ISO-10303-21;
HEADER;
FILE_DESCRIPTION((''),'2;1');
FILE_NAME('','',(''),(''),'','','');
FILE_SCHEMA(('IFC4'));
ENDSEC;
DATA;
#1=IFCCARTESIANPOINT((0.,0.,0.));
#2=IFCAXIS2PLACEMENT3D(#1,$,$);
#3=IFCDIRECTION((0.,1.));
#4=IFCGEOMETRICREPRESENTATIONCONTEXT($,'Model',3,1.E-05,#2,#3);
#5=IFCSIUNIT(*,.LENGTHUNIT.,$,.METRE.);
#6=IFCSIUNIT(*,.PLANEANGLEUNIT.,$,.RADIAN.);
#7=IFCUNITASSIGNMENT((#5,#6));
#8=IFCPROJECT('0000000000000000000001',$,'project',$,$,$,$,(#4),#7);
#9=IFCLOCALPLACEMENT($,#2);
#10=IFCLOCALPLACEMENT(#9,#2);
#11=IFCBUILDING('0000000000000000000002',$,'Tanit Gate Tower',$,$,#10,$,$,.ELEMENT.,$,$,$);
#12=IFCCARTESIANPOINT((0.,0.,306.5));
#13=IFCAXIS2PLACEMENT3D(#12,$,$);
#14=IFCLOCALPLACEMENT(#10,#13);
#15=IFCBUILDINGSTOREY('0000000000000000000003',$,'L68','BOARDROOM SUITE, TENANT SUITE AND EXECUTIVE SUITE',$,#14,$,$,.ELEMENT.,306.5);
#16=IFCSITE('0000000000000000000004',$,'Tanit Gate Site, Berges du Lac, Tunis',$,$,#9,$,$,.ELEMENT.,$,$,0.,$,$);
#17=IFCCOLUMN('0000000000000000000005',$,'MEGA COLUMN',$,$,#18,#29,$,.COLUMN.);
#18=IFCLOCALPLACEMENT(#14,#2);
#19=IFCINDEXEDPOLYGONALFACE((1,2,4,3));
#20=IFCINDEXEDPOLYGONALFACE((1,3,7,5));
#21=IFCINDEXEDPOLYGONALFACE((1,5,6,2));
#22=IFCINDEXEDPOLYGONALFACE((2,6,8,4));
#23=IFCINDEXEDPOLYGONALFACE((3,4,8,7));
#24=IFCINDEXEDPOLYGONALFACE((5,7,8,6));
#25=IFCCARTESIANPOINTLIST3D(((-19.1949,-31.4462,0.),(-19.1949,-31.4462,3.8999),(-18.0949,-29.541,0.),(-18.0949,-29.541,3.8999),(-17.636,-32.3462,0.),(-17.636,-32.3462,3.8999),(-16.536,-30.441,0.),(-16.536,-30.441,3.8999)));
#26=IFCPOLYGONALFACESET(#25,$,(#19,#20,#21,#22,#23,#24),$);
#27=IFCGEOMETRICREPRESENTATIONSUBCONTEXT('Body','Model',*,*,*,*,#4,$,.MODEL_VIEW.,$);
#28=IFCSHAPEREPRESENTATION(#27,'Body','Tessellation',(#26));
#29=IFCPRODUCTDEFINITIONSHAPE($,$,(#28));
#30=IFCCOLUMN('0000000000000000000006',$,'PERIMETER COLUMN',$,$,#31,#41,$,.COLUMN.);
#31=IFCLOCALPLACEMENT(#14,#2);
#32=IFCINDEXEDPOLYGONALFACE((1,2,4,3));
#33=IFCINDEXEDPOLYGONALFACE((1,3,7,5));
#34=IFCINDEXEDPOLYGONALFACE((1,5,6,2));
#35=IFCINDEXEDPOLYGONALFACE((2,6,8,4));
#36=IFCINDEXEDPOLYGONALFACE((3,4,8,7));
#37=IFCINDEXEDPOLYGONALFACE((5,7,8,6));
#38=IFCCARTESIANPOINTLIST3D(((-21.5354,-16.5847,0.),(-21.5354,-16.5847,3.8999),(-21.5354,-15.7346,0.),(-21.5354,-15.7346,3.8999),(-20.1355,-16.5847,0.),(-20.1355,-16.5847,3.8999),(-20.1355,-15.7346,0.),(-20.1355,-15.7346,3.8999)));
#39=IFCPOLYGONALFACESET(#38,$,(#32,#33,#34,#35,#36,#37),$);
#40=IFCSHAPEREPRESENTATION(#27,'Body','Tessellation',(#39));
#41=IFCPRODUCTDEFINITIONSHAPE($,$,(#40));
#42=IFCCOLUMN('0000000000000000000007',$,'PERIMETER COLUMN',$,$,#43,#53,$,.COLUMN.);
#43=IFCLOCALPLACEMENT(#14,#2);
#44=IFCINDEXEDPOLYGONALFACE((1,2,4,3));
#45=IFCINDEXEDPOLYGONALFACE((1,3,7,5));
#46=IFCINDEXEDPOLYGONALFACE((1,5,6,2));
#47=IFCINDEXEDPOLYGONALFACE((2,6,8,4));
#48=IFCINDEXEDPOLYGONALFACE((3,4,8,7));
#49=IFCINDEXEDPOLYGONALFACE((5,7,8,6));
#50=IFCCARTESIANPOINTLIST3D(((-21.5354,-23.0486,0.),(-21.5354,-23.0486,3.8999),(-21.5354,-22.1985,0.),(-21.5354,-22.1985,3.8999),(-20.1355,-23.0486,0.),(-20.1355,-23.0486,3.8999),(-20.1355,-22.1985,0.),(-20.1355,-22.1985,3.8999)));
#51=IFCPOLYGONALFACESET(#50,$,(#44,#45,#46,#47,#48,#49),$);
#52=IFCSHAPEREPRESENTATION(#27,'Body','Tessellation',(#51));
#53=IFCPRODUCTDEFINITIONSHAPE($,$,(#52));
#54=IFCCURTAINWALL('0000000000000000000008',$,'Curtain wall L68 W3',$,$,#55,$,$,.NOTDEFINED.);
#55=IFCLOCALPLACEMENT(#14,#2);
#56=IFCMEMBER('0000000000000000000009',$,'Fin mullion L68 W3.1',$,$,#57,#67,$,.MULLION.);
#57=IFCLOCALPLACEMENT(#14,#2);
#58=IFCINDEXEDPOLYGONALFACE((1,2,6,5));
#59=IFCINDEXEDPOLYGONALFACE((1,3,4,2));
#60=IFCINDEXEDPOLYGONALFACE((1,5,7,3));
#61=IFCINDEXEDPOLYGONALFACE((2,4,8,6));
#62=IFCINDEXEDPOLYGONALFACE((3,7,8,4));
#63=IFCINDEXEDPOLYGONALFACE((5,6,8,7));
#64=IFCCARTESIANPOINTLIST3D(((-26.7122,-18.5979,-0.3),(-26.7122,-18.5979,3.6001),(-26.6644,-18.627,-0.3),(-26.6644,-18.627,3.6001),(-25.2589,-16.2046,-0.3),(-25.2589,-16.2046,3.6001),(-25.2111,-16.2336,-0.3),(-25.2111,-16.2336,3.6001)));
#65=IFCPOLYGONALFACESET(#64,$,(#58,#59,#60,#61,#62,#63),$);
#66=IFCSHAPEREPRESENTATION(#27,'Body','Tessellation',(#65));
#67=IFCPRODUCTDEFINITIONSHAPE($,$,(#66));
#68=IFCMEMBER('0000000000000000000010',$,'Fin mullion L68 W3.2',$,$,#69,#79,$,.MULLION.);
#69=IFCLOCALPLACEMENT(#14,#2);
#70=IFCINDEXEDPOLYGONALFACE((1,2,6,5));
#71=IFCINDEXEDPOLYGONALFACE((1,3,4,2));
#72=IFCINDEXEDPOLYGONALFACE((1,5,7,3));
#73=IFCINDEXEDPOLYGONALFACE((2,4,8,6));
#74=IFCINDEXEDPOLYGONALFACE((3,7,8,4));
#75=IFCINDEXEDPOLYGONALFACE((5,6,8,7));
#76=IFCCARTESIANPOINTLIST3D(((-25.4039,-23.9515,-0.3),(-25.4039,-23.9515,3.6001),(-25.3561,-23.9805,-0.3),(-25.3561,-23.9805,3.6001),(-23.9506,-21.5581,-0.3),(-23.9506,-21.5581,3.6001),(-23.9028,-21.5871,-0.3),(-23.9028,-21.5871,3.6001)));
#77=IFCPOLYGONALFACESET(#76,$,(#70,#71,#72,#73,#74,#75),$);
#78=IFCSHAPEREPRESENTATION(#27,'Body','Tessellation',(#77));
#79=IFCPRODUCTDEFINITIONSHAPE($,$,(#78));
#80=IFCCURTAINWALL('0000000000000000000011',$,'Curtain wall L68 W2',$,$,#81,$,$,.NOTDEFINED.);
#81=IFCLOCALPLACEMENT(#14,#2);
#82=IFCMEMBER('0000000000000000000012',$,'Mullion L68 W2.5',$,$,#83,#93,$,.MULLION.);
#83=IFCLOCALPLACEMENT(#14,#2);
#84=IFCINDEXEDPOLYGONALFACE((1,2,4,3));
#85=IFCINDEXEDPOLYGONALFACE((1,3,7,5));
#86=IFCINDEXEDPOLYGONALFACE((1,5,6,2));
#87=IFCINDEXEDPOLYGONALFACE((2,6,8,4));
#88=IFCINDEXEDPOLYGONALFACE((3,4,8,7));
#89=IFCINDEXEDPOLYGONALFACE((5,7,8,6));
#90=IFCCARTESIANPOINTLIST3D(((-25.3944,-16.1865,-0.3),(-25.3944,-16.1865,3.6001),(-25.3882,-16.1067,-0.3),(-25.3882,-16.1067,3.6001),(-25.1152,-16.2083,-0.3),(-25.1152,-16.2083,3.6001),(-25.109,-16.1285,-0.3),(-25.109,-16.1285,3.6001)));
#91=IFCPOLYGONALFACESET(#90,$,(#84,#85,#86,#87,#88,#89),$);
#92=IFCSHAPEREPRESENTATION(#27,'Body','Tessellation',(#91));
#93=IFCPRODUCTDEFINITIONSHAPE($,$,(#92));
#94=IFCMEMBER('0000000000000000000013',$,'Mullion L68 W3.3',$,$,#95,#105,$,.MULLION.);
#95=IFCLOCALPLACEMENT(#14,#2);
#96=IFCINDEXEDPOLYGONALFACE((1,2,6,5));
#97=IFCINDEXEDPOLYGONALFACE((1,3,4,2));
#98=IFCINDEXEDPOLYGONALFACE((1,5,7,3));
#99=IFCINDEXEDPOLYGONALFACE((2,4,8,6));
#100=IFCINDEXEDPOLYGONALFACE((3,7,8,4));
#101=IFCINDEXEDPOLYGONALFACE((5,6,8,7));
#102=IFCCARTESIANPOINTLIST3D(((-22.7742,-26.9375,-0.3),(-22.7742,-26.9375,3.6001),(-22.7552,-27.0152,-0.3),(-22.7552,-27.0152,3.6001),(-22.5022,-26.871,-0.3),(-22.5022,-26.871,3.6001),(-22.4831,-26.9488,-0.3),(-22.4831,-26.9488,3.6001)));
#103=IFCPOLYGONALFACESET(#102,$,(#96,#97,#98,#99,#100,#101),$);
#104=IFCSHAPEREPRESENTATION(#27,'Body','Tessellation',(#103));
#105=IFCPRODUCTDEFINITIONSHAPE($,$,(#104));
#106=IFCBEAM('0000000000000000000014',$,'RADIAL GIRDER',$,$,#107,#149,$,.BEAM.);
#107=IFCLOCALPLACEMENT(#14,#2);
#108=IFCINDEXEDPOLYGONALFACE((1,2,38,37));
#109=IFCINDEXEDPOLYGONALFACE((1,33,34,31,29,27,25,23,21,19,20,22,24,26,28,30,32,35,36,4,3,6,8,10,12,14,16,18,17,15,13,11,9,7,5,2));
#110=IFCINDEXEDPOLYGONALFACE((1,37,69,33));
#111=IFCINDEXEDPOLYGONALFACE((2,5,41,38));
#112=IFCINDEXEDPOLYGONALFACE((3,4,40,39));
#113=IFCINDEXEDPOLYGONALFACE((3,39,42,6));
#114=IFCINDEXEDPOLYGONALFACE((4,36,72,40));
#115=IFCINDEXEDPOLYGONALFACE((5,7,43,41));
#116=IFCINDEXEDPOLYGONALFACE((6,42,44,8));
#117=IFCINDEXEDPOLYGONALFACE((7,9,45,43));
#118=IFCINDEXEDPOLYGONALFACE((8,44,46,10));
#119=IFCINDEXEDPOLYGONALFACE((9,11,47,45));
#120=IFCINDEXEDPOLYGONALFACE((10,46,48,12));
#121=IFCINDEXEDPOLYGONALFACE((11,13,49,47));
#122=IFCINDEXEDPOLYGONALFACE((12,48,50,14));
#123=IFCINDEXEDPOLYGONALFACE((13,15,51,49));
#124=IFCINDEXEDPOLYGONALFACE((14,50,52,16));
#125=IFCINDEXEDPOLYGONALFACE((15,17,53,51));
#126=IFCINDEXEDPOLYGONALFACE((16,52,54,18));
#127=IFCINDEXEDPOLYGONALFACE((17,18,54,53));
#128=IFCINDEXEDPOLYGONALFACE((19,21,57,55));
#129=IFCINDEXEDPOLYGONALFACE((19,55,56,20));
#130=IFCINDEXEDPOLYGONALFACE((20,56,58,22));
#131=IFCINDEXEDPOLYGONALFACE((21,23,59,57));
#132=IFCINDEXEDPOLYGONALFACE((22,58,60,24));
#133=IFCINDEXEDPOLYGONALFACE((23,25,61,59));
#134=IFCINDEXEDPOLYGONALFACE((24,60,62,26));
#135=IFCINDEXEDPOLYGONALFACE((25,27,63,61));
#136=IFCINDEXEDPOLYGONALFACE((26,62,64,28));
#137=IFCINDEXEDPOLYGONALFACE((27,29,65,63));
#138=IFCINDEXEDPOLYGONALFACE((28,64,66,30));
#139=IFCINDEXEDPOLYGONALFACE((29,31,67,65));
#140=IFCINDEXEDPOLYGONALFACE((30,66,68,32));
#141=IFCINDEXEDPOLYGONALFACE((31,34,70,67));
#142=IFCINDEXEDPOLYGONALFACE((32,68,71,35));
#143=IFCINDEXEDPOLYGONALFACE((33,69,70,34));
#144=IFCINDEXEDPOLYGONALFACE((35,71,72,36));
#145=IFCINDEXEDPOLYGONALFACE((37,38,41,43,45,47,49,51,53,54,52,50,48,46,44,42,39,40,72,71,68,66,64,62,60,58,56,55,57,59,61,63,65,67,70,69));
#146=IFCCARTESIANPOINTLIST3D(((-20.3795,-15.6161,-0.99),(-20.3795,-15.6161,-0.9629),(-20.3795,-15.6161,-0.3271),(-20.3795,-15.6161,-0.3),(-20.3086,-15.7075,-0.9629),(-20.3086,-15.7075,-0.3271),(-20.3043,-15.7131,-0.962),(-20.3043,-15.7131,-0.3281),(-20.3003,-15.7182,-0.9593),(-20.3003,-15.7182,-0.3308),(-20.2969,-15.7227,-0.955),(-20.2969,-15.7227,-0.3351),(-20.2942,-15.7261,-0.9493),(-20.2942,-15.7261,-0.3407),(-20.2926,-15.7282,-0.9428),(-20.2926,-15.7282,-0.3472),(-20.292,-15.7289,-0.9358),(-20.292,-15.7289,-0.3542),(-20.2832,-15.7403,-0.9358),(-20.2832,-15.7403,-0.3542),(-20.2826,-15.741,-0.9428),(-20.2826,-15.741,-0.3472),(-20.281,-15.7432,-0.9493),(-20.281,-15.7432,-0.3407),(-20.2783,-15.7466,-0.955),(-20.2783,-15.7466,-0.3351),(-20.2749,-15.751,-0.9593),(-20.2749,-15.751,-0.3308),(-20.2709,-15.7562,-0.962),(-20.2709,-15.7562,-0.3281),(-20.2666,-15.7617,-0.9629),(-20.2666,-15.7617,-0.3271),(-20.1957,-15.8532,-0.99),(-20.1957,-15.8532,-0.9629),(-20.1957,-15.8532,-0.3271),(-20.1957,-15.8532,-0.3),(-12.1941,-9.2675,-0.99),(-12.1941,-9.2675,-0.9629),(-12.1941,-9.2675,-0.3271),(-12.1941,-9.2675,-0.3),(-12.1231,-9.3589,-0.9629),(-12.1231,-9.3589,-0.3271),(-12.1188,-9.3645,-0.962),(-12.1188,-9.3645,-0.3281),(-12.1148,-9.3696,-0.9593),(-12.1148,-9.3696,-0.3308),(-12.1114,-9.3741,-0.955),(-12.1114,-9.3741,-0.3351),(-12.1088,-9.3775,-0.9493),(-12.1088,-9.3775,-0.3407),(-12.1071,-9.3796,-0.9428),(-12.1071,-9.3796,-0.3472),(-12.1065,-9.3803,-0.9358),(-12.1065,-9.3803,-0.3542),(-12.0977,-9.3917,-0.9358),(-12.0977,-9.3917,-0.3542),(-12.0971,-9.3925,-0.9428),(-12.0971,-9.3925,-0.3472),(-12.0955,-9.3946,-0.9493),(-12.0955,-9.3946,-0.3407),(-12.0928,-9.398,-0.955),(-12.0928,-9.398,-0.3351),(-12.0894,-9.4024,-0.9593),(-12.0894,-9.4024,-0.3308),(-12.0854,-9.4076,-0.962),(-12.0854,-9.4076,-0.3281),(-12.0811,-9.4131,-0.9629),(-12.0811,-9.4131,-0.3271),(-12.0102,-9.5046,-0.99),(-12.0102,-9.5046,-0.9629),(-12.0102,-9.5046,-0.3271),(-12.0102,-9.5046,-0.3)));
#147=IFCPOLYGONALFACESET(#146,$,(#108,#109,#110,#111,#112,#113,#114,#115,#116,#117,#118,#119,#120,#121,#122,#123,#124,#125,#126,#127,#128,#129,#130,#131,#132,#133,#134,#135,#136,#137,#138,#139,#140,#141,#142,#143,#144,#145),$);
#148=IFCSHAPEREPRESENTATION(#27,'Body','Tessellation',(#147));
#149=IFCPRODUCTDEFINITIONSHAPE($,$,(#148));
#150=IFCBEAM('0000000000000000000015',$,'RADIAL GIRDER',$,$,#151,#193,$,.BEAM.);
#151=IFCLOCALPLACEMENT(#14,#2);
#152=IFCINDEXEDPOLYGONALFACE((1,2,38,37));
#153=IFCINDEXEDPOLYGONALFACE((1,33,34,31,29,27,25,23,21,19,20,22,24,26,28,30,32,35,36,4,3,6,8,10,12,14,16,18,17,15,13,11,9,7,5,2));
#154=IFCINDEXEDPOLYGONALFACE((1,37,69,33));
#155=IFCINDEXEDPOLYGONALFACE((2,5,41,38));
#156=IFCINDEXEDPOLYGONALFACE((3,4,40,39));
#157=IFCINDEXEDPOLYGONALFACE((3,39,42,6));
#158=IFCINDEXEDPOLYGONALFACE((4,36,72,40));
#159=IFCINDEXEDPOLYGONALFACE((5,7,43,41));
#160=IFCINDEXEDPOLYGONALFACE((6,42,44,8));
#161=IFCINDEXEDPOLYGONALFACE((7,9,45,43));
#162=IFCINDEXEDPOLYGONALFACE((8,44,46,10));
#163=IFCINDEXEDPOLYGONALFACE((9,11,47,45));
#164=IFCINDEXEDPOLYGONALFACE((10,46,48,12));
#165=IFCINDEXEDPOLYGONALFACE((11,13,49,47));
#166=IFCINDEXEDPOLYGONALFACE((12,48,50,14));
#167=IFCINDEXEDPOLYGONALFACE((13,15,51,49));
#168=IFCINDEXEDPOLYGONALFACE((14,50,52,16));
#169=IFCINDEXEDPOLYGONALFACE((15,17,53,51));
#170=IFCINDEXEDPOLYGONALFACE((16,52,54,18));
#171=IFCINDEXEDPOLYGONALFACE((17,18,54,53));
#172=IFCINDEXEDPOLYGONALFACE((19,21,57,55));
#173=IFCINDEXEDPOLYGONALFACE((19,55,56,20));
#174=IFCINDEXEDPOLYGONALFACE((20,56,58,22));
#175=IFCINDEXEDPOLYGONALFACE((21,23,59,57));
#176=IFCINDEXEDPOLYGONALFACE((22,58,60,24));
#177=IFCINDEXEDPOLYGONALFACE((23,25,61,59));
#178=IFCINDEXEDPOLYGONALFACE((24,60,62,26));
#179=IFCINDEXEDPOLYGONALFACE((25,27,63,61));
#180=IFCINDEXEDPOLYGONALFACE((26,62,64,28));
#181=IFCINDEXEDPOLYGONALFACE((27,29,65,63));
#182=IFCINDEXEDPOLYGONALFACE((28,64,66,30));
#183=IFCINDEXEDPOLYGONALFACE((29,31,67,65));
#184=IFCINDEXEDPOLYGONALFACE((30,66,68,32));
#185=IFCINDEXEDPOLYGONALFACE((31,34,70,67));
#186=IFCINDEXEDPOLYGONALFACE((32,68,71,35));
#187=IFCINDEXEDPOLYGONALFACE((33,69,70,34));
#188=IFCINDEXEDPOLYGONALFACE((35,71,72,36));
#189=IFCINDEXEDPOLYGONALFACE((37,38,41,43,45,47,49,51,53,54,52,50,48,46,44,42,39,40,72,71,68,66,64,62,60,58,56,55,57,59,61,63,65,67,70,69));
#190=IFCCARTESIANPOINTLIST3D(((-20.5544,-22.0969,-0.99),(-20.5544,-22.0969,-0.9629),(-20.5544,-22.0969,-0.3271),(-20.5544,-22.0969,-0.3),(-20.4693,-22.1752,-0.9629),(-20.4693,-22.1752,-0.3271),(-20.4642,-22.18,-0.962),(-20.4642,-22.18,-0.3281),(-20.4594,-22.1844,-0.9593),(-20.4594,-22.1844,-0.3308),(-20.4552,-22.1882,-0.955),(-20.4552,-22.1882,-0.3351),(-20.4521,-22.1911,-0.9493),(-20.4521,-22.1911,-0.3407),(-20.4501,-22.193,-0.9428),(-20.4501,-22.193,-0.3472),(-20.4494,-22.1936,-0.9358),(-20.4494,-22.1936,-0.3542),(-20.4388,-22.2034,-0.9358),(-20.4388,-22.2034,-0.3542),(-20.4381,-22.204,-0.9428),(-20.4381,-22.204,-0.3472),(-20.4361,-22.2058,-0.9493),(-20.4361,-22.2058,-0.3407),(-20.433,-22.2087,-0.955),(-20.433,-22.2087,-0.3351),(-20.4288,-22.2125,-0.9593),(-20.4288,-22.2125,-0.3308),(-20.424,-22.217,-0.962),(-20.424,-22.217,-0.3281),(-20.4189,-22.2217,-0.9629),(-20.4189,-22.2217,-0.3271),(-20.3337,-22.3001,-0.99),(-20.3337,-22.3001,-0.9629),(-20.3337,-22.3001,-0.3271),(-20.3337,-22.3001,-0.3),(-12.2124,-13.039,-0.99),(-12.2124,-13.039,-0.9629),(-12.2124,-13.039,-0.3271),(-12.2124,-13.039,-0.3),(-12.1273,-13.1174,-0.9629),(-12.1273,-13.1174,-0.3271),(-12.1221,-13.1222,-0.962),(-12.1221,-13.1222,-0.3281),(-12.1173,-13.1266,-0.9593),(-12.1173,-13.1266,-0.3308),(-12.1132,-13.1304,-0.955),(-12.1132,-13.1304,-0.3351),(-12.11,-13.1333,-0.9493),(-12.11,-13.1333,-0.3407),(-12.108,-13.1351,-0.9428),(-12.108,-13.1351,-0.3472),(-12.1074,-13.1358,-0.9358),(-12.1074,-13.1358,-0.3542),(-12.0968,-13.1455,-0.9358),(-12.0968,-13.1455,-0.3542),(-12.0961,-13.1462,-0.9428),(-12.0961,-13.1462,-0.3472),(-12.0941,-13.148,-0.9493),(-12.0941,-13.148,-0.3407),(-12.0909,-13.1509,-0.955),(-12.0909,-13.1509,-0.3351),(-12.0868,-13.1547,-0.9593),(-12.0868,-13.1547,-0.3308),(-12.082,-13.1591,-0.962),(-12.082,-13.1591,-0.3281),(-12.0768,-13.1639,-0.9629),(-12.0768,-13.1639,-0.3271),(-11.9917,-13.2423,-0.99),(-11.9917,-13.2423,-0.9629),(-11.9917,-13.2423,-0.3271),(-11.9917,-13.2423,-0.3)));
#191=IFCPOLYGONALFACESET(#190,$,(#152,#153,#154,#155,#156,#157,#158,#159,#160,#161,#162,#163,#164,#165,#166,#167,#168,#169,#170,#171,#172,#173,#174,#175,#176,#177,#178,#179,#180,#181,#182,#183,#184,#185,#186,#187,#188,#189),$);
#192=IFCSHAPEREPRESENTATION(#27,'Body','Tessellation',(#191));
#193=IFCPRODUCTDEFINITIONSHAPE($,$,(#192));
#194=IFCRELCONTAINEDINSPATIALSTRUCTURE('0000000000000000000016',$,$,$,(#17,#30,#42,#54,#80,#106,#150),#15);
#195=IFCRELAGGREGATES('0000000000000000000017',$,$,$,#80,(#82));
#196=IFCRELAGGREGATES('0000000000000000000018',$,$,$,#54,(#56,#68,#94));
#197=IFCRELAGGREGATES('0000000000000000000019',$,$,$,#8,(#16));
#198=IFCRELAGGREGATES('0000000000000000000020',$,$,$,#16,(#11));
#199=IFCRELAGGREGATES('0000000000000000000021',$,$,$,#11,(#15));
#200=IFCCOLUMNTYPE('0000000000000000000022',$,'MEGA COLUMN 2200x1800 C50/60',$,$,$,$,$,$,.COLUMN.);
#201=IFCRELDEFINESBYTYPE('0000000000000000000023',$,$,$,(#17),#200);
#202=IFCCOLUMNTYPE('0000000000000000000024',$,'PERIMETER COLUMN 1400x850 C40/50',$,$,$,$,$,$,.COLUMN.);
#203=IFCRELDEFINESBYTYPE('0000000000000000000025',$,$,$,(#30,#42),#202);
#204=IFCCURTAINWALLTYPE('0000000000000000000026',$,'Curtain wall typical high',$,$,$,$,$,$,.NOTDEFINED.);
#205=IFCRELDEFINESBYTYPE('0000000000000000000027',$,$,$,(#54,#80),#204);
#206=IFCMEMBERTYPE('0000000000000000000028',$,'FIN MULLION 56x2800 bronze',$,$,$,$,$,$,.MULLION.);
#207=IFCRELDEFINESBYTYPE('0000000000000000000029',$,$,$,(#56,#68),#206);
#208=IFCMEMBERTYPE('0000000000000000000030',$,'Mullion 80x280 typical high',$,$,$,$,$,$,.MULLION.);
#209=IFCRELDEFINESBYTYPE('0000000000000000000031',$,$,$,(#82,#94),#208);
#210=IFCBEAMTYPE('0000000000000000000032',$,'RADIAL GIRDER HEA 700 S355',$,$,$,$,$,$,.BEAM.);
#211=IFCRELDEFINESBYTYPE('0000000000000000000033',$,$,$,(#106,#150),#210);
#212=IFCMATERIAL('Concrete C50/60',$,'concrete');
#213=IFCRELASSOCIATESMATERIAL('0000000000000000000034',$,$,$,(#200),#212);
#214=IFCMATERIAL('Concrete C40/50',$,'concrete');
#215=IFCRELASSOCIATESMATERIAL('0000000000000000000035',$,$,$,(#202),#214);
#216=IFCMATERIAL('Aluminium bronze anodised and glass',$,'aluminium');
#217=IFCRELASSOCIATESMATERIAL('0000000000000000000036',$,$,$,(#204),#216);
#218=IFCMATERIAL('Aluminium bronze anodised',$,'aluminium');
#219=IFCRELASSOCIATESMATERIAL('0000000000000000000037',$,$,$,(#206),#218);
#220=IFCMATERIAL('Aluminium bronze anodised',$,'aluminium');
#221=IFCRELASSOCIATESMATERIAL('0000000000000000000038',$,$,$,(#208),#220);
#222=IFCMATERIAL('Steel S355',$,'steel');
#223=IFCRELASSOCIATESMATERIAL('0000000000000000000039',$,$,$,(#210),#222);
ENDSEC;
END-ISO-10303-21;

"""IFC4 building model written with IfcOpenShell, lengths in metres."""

from ifc_helpers import new_model, si_unit, direction, frame, origin, origin_2d, place, context, subcontext, project, spatial, rectangle, i_section, extrude, material, material_profile, profile_set, type_object, element, aggregate, save


model = new_model("IFC4")

# Units and contexts
model_context = context("Model", 3, precision=1e-05, world=origin(), true_north=direction((0.0, 1.0)))
body_context = subcontext(model_context, "Body", "Model", "MODEL_VIEW")
ifc_project = project(units=[si_unit("LENGTHUNIT", "METRE"), si_unit("PLANEANGLEUNIT", "RADIAN")], contexts=[model_context])

# Site, building, storey
site_placement = place(None, origin())
site = spatial("IfcSite", under=ifc_project, at=site_placement, Name="Tanit Gate Site, Berges du Lac, Tunis", CompositionType="ELEMENT", RefElevation=0.0)
building_placement = place(site_placement, origin())
building = spatial("IfcBuilding", under=site, at=building_placement, Name="Tanit Gate Tower", CompositionType="ELEMENT")
storey_placement = place(building_placement, frame((0.0, 0.0, 306.5)))
storey = spatial("IfcBuildingStorey", under=building, at=storey_placement, Name="L68", Description="BOARDROOM SUITE, TENANT SUITE AND EXECUTIVE SUITE", CompositionType="ELEMENT", Elevation=306.5)

# Columns
ifc_material_1 = material(Name="Concrete C50/60", Category="concrete")
ifc_material_profile_1 = material_profile(ifc_material_1, rectangle(XDim=2.2, YDim=1.8, at=origin_2d()), Name="RC 2200x1800")
ifc_profile_set_1 = profile_set([ifc_material_profile_1], Name="Concrete C50/60")
column_type_1 = type_object("IfcColumnType", Name="MEGA COLUMN 2200x1800 C50/60", PredefinedType="COLUMN", material=ifc_profile_set_1)
column_placement = place(storey_placement, frame((-17.8655, -30.9436, 0.0), z_axis=(0.0, 0.0, 1.0), x_axis=(-0.5, -0.866025, 0.0)))
element("IfcColumn", 1, at=column_placement, inside=storey, type_object=column_type_1, Name="MEGA COLUMN", PredefinedType="COLUMN", context=body_context, shape_type="SweptSolid", body=[
    extrude(rectangle(XDim=2.2, YDim=1.8, at=origin_2d()), origin(), (0.0, 0.0, 1.0), 3.8999),
])
ifc_material_2 = material(Name="Concrete C40/50", Category="concrete")
ifc_material_profile_2 = material_profile(ifc_material_2, rectangle(XDim=1.3999, YDim=0.8501, at=origin_2d()), Name="RC 1400x850")
ifc_profile_set_2 = profile_set([ifc_material_profile_2], Name="Concrete C40/50")
column_type_2 = type_object("IfcColumnType", Name="PERIMETER COLUMN 1400x850 C40/50", PredefinedType="COLUMN", material=ifc_profile_set_2)
for number, where, z_axis, x_axis, name in (
    (2, (-20.8354, -16.1597, 0.0), (0.0, 0.0, 1.0), (-1.0, 0.0, 0.0), "PERIMETER COLUMN"),
    (3, (-20.8354, -22.6235, 0.0), (0.0, 0.0, 1.0), (-1.0, 0.0, 0.0), "PERIMETER COLUMN"),
):
    element("IfcColumn", number, at=place(storey_placement, frame(where, z_axis=z_axis, x_axis=x_axis)), inside=storey, type_object=column_type_2, Name=name, PredefinedType="COLUMN", context=body_context, shape_type="SweptSolid", body=[
        extrude(rectangle(XDim=1.3999, YDim=0.8501, at=origin_2d()), origin(), (0.0, 0.0, 1.0), 3.8999),
    ])

# Curtain wall, members
ifc_material_3 = material(Name="Aluminium bronze anodised and glass", Category="aluminium")
curtain_wall_type = type_object("IfcCurtainWallType", Name="Curtain wall typical high", PredefinedType="NOTDEFINED", material=ifc_material_3)
curtain_wall_1_placement = place(storey_placement, origin())
curtain_wall_1 = element("IfcCurtainWall", 4, at=curtain_wall_1_placement, inside=storey, type_object=curtain_wall_type, Name="Curtain wall L68 W3", PredefinedType="NOTDEFINED")
ifc_material_4 = material(Name="Aluminium bronze anodised", Category="aluminium")
ifc_material_profile_3 = material_profile(ifc_material_4, rectangle(XDim=2.8, YDim=0.0559, at=origin_2d()), Name="56x2800 bronze fin mullion")
ifc_profile_set_3 = profile_set([ifc_material_profile_3], Name="Aluminium bronze anodised")
member_type_1 = type_object("IfcMemberType", Name="FIN MULLION 56x2800 bronze", PredefinedType="MULLION", material=ifc_profile_set_3)
member_1_placement = place(storey_placement, frame((-25.9617, -17.4158, -0.3), z_axis=(0.0, 0.0, 1.0), x_axis=(0.519036, 0.854752, 0.0)))
member_1 = element("IfcMember", 5, at=member_1_placement, type_object=member_type_1, Name="Fin mullion L68 W3.1", PredefinedType="MULLION", context=body_context, shape_type="SweptSolid", body=[
    extrude(rectangle(XDim=2.8, YDim=0.0559, at=origin_2d()), origin(), (0.0, 0.0, 1.0), 3.9001),
])
member_2_placement = place(storey_placement, frame((-24.6533, -22.7693, -0.3), z_axis=(0.0, 0.0, 1.0), x_axis=(0.519036, 0.854752, 0.0)))
member_2 = element("IfcMember", 6, at=member_2_placement, type_object=member_type_1, Name="Fin mullion L68 W3.2", PredefinedType="MULLION", context=body_context, shape_type="SweptSolid", body=[
    extrude(rectangle(XDim=2.8, YDim=0.0559, at=origin_2d()), origin(), (0.0, 0.0, 1.0), 3.9001),
])

# Curtain wall, member
curtain_wall_2_placement = place(storey_placement, origin())
curtain_wall_2 = element("IfcCurtainWall", 7, at=curtain_wall_2_placement, inside=storey, type_object=curtain_wall_type, Name="Curtain wall L68 W2", PredefinedType="NOTDEFINED")
ifc_material_5 = material(Name="Aluminium bronze anodised", Category="aluminium")
ifc_material_profile_4 = material_profile(ifc_material_5, rectangle(XDim=0.28, YDim=0.0801, at=origin_2d()), Name="80x280 bronze mullion")
ifc_profile_set_4 = profile_set([ifc_material_profile_4], Name="Aluminium bronze anodised")
member_type_2 = type_object("IfcMemberType", Name="Mullion 80x280 typical high", PredefinedType="MULLION", material=ifc_profile_set_4)
member_3_placement = place(storey_placement, frame((-25.2517, -16.1575, -0.3), z_axis=(0.0, 0.0, 1.0), x_axis=(0.996966, -0.077839, 0.0)))
member_3 = element("IfcMember", 8, at=member_3_placement, type_object=member_type_2, Name="Mullion L68 W2.5", PredefinedType="MULLION", context=body_context, shape_type="SweptSolid", body=[
    extrude(rectangle(XDim=0.28, YDim=0.0801, at=origin_2d()), origin(), (0.0, 0.0, 1.0), 3.9001),
])
aggregate(curtain_wall_2, [member_3])

# Member
member_4_placement = place(storey_placement, frame((-22.6287, -26.9431, -0.3), z_axis=(0.0, 0.0, 1.0), x_axis=(0.971415, 0.237387, 0.0)))
member_4 = element("IfcMember", 9, at=member_4_placement, type_object=member_type_2, Name="Mullion L68 W3.3", PredefinedType="MULLION", context=body_context, shape_type="SweptSolid", body=[
    extrude(rectangle(XDim=0.28, YDim=0.0801, at=origin_2d()), origin(), (0.0, 0.0, 1.0), 3.9001),
])

# Beams
ifc_material_6 = material(Name="Steel S355", Category="steel")
ifc_material_profile_5 = material_profile(ifc_material_6, i_section(OverallWidth=0.3, OverallDepth=0.6899, WebThickness=0.0144, FlangeThickness=0.0271, FilletRadius=0.0271, at=origin_2d()), Name="HEA 700")
ifc_profile_set_5 = profile_set([ifc_material_profile_5], Name="Steel S355")
beam_type = type_object("IfcBeamType", Name="RADIAL GIRDER HEA 700 S355", PredefinedType="BEAM", material=ifc_profile_set_5)
beam_1_placement = place(storey_placement, frame((-20.2876, -15.7346, -0.645), z_axis=(0.790189, 0.612863, 0.0), x_axis=(-0.612863, 0.790189, 0.0)))
element("IfcBeam", 10, at=beam_1_placement, inside=storey, type_object=beam_type, Name="RADIAL GIRDER", PredefinedType="BEAM", context=body_context, shape_type="SweptSolid", body=[
    extrude(i_section(OverallWidth=0.3, OverallDepth=0.6899, WebThickness=0.0144, FlangeThickness=0.0271, FilletRadius=0.0271, at=origin_2d()), origin(), (0.0, 0.0, 1.0), 10.3589),
])
beam_2_placement = place(storey_placement, frame((-20.4441, -22.1985, -0.645), z_axis=(0.677444, 0.735574, 0.0), x_axis=(-0.735574, 0.677444, 0.0)))
element("IfcBeam", 11, at=beam_2_placement, inside=storey, type_object=beam_type, Name="RADIAL GIRDER", PredefinedType="BEAM", context=body_context, shape_type="SweptSolid", body=[
    extrude(i_section(OverallWidth=0.3, OverallDepth=0.6899, WebThickness=0.0144, FlangeThickness=0.0271, FilletRadius=0.0271, at=origin_2d()), origin(), (0.0, 0.0, 1.0), 12.314),
])

aggregate(curtain_wall_1, [member_1, member_2, member_4])

save(model, "model.ifc")
